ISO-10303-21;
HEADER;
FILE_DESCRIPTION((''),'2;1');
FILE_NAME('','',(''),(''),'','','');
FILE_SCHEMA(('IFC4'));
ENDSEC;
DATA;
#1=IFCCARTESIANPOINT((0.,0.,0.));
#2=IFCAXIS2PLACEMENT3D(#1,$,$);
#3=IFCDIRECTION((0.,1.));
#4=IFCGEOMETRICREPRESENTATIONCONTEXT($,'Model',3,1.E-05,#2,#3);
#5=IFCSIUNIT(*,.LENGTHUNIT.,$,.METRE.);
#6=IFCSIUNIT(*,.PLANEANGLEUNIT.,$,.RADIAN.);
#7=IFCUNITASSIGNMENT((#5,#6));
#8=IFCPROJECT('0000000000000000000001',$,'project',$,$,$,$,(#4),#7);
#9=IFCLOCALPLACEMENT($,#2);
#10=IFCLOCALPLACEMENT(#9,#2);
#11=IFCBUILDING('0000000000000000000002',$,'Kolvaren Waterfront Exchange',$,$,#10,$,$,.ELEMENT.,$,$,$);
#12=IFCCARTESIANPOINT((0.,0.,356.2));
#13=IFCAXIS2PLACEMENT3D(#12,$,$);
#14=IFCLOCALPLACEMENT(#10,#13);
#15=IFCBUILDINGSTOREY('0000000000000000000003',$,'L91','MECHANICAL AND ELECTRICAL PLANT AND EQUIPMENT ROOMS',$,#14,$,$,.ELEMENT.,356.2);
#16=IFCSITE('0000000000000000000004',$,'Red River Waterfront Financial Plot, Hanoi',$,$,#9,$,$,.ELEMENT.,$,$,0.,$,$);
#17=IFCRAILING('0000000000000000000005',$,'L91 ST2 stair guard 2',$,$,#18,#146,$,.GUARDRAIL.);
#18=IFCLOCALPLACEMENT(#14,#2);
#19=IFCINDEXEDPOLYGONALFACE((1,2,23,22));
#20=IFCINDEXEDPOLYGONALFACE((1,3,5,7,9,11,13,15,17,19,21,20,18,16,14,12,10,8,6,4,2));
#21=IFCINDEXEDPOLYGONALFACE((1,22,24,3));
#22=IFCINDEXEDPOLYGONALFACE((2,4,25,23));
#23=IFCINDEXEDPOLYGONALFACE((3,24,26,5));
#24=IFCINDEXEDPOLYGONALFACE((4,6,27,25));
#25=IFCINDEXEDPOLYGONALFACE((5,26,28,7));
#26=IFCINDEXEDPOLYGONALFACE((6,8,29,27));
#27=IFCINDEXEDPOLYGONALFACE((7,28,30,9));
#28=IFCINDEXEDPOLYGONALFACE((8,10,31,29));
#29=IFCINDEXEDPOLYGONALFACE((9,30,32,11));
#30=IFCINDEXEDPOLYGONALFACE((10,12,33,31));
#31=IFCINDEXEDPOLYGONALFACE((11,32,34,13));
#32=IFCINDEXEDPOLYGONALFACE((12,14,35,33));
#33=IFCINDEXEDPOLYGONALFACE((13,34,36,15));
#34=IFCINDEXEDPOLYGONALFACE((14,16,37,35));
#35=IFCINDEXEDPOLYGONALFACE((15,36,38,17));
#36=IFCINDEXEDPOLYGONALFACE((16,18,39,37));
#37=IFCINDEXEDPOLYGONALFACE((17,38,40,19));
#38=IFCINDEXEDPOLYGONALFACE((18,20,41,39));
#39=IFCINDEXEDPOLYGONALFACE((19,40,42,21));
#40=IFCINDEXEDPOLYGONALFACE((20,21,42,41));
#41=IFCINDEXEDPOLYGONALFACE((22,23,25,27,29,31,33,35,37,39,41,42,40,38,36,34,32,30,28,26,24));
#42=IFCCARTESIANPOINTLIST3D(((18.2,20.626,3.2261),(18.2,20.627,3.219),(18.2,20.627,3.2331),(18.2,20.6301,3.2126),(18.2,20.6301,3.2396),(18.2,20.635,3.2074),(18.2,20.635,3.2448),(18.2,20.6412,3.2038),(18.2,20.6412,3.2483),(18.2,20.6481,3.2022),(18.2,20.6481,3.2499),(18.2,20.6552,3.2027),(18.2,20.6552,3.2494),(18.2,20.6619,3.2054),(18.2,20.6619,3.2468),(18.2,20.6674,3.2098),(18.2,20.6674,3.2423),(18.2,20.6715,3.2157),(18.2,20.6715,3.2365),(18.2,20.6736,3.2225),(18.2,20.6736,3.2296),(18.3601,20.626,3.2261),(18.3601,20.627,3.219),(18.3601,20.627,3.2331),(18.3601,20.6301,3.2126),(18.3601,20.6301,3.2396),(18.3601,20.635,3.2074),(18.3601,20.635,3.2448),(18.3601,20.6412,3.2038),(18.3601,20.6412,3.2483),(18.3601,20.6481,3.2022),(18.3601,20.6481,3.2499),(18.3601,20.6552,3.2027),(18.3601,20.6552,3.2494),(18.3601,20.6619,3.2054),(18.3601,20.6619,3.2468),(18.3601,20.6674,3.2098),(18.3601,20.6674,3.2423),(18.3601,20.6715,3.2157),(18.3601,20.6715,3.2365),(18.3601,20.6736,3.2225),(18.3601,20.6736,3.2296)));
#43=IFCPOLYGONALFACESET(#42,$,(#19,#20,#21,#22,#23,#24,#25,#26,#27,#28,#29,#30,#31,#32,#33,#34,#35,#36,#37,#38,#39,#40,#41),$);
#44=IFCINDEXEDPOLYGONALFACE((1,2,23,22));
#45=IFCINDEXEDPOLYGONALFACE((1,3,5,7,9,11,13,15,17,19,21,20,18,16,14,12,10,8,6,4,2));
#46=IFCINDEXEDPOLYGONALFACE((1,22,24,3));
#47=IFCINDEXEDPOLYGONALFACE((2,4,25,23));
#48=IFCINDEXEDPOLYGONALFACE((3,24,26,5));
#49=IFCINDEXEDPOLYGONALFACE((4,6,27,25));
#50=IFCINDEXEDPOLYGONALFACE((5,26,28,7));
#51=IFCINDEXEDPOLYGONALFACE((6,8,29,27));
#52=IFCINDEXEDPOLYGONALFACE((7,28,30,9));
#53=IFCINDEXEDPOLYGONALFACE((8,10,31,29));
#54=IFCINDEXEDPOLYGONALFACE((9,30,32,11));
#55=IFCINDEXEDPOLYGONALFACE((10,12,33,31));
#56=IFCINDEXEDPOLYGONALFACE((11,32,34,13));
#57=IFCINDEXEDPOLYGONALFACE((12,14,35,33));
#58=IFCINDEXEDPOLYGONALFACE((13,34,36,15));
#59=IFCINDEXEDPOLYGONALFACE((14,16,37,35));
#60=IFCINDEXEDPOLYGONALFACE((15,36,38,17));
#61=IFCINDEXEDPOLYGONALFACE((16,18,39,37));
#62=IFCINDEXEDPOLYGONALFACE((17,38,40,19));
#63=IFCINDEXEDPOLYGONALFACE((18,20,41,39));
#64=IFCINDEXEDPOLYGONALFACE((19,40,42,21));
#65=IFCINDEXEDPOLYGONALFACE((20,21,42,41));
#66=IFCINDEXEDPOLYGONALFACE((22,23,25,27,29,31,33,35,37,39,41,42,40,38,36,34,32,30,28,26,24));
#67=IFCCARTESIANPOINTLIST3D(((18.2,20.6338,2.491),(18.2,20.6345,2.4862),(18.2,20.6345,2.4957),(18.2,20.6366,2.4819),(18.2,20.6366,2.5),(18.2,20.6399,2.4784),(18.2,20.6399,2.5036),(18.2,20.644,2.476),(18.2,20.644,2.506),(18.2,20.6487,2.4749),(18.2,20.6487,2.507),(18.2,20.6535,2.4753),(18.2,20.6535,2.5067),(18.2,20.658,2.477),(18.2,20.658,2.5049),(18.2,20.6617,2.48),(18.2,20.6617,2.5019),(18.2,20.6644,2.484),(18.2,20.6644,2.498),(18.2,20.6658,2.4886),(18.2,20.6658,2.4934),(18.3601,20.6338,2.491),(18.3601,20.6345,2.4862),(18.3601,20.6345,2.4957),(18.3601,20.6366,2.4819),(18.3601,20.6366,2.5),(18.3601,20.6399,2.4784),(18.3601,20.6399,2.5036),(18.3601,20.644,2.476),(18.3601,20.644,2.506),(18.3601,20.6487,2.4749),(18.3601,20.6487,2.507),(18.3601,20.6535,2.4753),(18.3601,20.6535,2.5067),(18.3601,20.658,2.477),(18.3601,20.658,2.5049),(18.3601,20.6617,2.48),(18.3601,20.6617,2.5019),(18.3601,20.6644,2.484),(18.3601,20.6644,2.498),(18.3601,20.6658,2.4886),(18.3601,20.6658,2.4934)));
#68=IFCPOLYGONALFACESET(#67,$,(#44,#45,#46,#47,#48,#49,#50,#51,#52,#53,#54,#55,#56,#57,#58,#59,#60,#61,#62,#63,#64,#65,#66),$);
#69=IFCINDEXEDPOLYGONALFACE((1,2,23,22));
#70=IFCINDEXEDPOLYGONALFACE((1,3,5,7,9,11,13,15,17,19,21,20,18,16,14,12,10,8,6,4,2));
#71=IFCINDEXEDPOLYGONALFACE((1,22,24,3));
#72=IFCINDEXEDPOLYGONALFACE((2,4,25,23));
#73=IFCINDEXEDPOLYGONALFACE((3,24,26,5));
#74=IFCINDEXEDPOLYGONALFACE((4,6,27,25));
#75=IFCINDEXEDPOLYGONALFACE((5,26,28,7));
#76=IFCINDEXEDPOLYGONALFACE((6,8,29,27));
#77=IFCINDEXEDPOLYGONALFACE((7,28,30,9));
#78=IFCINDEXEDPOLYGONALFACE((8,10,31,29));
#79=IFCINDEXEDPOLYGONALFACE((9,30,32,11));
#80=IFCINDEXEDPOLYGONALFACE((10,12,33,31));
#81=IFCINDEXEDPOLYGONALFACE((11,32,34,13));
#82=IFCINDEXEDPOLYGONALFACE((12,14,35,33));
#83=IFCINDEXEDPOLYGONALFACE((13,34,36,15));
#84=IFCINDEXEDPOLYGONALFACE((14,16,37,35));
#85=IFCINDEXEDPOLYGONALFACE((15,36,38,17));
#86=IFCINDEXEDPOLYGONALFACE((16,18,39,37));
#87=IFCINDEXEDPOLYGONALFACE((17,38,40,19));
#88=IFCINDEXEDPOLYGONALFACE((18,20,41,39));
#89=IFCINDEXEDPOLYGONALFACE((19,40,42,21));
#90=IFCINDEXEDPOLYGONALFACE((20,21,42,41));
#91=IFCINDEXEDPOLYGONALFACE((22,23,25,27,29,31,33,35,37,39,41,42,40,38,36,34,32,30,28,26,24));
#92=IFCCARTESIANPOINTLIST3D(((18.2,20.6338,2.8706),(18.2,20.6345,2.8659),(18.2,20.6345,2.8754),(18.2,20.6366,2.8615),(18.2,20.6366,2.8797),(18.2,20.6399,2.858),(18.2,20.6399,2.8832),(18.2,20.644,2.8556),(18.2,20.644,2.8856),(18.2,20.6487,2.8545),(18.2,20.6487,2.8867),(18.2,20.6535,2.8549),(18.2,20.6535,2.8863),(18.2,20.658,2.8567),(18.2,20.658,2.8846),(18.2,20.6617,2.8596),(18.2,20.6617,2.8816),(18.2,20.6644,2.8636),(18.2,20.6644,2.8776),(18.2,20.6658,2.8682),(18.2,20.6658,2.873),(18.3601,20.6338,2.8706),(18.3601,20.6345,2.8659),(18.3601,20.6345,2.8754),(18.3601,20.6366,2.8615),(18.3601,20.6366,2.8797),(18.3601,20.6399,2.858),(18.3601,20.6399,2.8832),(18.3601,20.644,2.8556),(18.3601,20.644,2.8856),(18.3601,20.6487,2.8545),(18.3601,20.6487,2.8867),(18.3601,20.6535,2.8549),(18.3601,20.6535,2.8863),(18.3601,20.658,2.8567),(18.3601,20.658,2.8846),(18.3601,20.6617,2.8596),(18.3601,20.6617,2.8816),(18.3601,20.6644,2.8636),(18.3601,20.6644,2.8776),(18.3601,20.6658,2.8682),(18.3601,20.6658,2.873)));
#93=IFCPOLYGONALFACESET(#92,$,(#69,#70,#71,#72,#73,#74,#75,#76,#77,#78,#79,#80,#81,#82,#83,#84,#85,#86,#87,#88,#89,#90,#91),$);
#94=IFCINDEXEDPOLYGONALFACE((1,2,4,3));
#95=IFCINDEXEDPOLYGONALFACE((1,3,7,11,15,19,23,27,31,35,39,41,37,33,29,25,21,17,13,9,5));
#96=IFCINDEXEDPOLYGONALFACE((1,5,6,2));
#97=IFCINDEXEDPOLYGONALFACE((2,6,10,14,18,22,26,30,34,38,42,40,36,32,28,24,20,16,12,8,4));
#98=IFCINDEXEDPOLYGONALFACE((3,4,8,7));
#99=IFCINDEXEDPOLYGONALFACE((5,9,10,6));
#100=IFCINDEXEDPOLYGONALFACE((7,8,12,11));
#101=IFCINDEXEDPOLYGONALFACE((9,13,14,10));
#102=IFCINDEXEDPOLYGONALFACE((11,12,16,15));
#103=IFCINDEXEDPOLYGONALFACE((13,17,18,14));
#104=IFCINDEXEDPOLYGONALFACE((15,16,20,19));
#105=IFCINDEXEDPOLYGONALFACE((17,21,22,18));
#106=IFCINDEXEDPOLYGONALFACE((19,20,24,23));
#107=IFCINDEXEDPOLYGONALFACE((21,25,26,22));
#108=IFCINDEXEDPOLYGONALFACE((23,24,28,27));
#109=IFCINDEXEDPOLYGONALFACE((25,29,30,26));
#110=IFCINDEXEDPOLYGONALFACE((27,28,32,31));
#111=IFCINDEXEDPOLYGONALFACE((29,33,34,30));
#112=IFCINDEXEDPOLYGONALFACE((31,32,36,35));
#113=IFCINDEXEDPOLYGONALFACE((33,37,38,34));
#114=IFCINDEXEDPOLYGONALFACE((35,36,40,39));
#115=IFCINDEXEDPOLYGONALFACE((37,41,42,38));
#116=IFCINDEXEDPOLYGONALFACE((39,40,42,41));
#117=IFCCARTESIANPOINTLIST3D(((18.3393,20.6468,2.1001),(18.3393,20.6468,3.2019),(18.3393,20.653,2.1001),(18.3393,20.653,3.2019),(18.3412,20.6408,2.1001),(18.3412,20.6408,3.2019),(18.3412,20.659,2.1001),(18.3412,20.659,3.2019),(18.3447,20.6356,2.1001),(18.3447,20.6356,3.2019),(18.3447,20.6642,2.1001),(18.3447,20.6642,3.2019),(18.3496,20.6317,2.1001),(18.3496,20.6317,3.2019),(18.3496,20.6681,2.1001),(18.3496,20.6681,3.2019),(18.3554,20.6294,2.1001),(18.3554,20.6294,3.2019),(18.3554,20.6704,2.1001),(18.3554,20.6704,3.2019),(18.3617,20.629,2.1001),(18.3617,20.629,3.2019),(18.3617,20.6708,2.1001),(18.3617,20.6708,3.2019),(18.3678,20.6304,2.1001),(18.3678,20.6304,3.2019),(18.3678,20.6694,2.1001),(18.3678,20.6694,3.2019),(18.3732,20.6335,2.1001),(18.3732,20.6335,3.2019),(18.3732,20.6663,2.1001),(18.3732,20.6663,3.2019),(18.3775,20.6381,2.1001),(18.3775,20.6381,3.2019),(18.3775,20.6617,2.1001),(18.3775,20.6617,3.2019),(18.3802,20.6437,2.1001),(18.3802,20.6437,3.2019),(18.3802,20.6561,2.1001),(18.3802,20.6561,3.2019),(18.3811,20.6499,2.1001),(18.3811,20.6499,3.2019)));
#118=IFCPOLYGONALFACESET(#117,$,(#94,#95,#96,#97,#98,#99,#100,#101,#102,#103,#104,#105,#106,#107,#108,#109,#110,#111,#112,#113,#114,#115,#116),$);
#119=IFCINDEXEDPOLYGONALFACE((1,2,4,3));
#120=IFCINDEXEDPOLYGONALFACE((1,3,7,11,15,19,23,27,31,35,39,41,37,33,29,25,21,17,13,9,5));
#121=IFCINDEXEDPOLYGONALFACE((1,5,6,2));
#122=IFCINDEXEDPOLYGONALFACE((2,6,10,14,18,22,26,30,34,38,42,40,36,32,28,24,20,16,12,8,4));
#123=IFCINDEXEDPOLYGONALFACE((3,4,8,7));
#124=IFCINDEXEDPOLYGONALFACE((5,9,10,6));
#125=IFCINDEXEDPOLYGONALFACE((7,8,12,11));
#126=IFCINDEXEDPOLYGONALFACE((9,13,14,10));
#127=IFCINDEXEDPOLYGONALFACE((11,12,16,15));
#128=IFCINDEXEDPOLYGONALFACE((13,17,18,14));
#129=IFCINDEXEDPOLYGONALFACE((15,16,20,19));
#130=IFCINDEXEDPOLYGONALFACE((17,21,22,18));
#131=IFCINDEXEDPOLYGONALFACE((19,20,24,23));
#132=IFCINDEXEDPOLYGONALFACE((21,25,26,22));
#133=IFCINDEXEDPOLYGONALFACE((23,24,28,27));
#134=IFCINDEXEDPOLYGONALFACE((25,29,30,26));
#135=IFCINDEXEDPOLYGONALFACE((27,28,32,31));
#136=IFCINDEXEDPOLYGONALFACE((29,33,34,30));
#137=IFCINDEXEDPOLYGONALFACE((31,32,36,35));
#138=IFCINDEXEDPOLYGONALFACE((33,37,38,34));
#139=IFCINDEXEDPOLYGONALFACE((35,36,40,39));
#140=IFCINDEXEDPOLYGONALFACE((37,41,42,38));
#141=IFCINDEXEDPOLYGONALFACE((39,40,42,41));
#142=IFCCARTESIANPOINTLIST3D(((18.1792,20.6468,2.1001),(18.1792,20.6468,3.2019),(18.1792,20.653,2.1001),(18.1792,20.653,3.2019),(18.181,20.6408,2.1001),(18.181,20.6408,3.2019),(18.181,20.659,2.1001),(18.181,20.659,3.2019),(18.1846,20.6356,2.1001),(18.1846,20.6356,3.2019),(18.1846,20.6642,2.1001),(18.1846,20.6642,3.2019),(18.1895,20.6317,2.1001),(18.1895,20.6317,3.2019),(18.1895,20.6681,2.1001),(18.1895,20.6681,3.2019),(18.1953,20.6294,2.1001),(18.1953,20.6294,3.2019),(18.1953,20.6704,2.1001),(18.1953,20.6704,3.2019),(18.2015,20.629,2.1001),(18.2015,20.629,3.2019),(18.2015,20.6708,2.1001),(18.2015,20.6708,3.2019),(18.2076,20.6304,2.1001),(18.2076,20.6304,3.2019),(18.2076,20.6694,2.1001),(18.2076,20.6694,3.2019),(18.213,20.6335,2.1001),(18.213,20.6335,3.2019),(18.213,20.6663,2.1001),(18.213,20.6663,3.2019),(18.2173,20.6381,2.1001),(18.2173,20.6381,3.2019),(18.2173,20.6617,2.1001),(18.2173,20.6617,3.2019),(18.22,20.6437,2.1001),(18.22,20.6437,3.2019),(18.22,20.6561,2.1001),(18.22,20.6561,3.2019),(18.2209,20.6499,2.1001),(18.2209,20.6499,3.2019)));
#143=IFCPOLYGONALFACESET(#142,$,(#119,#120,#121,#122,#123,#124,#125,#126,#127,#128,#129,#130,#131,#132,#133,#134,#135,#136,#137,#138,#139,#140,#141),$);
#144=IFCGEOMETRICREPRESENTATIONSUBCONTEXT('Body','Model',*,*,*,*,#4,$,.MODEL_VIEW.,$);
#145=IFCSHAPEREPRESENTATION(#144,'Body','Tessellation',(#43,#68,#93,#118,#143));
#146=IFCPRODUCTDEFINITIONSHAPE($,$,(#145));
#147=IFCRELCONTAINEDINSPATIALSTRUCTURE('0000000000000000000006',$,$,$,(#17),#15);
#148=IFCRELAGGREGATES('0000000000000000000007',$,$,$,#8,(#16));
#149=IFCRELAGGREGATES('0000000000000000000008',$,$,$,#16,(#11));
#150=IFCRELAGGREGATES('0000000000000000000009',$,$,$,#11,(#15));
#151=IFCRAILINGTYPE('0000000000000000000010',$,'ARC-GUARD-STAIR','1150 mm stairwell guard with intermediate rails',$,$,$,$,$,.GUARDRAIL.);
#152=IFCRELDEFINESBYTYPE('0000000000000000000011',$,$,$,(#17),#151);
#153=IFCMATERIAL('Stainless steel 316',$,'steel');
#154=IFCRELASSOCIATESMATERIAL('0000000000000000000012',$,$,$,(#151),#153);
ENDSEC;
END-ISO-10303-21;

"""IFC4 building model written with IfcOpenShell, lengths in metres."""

from ifc_helpers import new_model, si_unit, direction, frame, origin, origin_2d, place, context, subcontext, project, spatial, circle, extrude, material, type_object, element, save


model = new_model("IFC4")

# Units and contexts
model_context = context("Model", 3, precision=1e-05, world=origin(), true_north=direction((0.0, 1.0)))
body_context = subcontext(model_context, "Body", "Model", "MODEL_VIEW")
ifc_project = project(units=[si_unit("LENGTHUNIT", "METRE"), si_unit("PLANEANGLEUNIT", "RADIAN")], contexts=[model_context])

# Site, building, storey
site_placement = place(None, origin())
site = spatial("IfcSite", under=ifc_project, at=site_placement, Name="Red River Waterfront Financial Plot, Hanoi", CompositionType="ELEMENT", RefElevation=0.0)
building_placement = place(site_placement, origin())
building = spatial("IfcBuilding", under=site, at=building_placement, Name="Kolvaren Waterfront Exchange", CompositionType="ELEMENT")
storey_placement = place(building_placement, frame((0.0, 0.0, 356.2)))
storey = spatial("IfcBuildingStorey", under=building, at=storey_placement, Name="L91", Description="MECHANICAL AND ELECTRICAL PLANT AND EQUIPMENT ROOMS", CompositionType="ELEMENT", Elevation=356.2)

# Railing
ifc_material_1 = material(Name="Stainless steel 316", Category="steel")
railing_type = type_object("IfcRailingType", Name="ARC-GUARD-STAIR", Description="1150 mm stairwell guard with intermediate rails", PredefinedType="GUARDRAIL", material=ifc_material_1)
railing_1_placement = place(storey_placement, frame((18.3601, 20.6499, 2.1001)))
element("IfcRailing", 1, at=railing_1_placement, inside=storey, type_object=railing_type, Name="L91 ST2 stair guard 2", PredefinedType="GUARDRAIL", context=body_context, shape_type="SweptSolid", body=[
    extrude(circle(Radius=0.0239, at=origin_2d()), frame((0.0, 0.0, 1.126), z_axis=(-1.0, 0.0, 0.0), x_axis=(0.0, -1.0, 0.0)), (0.0, 0.0, 1.0), 0.1602),
    extrude(circle(Radius=0.0161, at=origin_2d()), frame((0.0, 0.0, 0.3909), z_axis=(-1.0, 0.0, 0.0), x_axis=(0.0, -1.0, 0.0)), (0.0, 0.0, 1.0), 0.1602),
    extrude(circle(Radius=0.0161, at=origin_2d()), frame((0.0, 0.0, 0.7705), z_axis=(-1.0, 0.0, 0.0), x_axis=(0.0, -1.0, 0.0)), (0.0, 0.0, 1.0), 0.1602),
    extrude(circle(Radius=0.021, at=origin_2d()), origin(), (0.0, 0.0, 1.0), 1.1018),
    extrude(circle(Radius=0.021, at=origin_2d()), frame((-0.1602, 0.0, 0.0)), (0.0, 0.0, 1.0), 1.1018),
])

save(model, "model.ifc")
